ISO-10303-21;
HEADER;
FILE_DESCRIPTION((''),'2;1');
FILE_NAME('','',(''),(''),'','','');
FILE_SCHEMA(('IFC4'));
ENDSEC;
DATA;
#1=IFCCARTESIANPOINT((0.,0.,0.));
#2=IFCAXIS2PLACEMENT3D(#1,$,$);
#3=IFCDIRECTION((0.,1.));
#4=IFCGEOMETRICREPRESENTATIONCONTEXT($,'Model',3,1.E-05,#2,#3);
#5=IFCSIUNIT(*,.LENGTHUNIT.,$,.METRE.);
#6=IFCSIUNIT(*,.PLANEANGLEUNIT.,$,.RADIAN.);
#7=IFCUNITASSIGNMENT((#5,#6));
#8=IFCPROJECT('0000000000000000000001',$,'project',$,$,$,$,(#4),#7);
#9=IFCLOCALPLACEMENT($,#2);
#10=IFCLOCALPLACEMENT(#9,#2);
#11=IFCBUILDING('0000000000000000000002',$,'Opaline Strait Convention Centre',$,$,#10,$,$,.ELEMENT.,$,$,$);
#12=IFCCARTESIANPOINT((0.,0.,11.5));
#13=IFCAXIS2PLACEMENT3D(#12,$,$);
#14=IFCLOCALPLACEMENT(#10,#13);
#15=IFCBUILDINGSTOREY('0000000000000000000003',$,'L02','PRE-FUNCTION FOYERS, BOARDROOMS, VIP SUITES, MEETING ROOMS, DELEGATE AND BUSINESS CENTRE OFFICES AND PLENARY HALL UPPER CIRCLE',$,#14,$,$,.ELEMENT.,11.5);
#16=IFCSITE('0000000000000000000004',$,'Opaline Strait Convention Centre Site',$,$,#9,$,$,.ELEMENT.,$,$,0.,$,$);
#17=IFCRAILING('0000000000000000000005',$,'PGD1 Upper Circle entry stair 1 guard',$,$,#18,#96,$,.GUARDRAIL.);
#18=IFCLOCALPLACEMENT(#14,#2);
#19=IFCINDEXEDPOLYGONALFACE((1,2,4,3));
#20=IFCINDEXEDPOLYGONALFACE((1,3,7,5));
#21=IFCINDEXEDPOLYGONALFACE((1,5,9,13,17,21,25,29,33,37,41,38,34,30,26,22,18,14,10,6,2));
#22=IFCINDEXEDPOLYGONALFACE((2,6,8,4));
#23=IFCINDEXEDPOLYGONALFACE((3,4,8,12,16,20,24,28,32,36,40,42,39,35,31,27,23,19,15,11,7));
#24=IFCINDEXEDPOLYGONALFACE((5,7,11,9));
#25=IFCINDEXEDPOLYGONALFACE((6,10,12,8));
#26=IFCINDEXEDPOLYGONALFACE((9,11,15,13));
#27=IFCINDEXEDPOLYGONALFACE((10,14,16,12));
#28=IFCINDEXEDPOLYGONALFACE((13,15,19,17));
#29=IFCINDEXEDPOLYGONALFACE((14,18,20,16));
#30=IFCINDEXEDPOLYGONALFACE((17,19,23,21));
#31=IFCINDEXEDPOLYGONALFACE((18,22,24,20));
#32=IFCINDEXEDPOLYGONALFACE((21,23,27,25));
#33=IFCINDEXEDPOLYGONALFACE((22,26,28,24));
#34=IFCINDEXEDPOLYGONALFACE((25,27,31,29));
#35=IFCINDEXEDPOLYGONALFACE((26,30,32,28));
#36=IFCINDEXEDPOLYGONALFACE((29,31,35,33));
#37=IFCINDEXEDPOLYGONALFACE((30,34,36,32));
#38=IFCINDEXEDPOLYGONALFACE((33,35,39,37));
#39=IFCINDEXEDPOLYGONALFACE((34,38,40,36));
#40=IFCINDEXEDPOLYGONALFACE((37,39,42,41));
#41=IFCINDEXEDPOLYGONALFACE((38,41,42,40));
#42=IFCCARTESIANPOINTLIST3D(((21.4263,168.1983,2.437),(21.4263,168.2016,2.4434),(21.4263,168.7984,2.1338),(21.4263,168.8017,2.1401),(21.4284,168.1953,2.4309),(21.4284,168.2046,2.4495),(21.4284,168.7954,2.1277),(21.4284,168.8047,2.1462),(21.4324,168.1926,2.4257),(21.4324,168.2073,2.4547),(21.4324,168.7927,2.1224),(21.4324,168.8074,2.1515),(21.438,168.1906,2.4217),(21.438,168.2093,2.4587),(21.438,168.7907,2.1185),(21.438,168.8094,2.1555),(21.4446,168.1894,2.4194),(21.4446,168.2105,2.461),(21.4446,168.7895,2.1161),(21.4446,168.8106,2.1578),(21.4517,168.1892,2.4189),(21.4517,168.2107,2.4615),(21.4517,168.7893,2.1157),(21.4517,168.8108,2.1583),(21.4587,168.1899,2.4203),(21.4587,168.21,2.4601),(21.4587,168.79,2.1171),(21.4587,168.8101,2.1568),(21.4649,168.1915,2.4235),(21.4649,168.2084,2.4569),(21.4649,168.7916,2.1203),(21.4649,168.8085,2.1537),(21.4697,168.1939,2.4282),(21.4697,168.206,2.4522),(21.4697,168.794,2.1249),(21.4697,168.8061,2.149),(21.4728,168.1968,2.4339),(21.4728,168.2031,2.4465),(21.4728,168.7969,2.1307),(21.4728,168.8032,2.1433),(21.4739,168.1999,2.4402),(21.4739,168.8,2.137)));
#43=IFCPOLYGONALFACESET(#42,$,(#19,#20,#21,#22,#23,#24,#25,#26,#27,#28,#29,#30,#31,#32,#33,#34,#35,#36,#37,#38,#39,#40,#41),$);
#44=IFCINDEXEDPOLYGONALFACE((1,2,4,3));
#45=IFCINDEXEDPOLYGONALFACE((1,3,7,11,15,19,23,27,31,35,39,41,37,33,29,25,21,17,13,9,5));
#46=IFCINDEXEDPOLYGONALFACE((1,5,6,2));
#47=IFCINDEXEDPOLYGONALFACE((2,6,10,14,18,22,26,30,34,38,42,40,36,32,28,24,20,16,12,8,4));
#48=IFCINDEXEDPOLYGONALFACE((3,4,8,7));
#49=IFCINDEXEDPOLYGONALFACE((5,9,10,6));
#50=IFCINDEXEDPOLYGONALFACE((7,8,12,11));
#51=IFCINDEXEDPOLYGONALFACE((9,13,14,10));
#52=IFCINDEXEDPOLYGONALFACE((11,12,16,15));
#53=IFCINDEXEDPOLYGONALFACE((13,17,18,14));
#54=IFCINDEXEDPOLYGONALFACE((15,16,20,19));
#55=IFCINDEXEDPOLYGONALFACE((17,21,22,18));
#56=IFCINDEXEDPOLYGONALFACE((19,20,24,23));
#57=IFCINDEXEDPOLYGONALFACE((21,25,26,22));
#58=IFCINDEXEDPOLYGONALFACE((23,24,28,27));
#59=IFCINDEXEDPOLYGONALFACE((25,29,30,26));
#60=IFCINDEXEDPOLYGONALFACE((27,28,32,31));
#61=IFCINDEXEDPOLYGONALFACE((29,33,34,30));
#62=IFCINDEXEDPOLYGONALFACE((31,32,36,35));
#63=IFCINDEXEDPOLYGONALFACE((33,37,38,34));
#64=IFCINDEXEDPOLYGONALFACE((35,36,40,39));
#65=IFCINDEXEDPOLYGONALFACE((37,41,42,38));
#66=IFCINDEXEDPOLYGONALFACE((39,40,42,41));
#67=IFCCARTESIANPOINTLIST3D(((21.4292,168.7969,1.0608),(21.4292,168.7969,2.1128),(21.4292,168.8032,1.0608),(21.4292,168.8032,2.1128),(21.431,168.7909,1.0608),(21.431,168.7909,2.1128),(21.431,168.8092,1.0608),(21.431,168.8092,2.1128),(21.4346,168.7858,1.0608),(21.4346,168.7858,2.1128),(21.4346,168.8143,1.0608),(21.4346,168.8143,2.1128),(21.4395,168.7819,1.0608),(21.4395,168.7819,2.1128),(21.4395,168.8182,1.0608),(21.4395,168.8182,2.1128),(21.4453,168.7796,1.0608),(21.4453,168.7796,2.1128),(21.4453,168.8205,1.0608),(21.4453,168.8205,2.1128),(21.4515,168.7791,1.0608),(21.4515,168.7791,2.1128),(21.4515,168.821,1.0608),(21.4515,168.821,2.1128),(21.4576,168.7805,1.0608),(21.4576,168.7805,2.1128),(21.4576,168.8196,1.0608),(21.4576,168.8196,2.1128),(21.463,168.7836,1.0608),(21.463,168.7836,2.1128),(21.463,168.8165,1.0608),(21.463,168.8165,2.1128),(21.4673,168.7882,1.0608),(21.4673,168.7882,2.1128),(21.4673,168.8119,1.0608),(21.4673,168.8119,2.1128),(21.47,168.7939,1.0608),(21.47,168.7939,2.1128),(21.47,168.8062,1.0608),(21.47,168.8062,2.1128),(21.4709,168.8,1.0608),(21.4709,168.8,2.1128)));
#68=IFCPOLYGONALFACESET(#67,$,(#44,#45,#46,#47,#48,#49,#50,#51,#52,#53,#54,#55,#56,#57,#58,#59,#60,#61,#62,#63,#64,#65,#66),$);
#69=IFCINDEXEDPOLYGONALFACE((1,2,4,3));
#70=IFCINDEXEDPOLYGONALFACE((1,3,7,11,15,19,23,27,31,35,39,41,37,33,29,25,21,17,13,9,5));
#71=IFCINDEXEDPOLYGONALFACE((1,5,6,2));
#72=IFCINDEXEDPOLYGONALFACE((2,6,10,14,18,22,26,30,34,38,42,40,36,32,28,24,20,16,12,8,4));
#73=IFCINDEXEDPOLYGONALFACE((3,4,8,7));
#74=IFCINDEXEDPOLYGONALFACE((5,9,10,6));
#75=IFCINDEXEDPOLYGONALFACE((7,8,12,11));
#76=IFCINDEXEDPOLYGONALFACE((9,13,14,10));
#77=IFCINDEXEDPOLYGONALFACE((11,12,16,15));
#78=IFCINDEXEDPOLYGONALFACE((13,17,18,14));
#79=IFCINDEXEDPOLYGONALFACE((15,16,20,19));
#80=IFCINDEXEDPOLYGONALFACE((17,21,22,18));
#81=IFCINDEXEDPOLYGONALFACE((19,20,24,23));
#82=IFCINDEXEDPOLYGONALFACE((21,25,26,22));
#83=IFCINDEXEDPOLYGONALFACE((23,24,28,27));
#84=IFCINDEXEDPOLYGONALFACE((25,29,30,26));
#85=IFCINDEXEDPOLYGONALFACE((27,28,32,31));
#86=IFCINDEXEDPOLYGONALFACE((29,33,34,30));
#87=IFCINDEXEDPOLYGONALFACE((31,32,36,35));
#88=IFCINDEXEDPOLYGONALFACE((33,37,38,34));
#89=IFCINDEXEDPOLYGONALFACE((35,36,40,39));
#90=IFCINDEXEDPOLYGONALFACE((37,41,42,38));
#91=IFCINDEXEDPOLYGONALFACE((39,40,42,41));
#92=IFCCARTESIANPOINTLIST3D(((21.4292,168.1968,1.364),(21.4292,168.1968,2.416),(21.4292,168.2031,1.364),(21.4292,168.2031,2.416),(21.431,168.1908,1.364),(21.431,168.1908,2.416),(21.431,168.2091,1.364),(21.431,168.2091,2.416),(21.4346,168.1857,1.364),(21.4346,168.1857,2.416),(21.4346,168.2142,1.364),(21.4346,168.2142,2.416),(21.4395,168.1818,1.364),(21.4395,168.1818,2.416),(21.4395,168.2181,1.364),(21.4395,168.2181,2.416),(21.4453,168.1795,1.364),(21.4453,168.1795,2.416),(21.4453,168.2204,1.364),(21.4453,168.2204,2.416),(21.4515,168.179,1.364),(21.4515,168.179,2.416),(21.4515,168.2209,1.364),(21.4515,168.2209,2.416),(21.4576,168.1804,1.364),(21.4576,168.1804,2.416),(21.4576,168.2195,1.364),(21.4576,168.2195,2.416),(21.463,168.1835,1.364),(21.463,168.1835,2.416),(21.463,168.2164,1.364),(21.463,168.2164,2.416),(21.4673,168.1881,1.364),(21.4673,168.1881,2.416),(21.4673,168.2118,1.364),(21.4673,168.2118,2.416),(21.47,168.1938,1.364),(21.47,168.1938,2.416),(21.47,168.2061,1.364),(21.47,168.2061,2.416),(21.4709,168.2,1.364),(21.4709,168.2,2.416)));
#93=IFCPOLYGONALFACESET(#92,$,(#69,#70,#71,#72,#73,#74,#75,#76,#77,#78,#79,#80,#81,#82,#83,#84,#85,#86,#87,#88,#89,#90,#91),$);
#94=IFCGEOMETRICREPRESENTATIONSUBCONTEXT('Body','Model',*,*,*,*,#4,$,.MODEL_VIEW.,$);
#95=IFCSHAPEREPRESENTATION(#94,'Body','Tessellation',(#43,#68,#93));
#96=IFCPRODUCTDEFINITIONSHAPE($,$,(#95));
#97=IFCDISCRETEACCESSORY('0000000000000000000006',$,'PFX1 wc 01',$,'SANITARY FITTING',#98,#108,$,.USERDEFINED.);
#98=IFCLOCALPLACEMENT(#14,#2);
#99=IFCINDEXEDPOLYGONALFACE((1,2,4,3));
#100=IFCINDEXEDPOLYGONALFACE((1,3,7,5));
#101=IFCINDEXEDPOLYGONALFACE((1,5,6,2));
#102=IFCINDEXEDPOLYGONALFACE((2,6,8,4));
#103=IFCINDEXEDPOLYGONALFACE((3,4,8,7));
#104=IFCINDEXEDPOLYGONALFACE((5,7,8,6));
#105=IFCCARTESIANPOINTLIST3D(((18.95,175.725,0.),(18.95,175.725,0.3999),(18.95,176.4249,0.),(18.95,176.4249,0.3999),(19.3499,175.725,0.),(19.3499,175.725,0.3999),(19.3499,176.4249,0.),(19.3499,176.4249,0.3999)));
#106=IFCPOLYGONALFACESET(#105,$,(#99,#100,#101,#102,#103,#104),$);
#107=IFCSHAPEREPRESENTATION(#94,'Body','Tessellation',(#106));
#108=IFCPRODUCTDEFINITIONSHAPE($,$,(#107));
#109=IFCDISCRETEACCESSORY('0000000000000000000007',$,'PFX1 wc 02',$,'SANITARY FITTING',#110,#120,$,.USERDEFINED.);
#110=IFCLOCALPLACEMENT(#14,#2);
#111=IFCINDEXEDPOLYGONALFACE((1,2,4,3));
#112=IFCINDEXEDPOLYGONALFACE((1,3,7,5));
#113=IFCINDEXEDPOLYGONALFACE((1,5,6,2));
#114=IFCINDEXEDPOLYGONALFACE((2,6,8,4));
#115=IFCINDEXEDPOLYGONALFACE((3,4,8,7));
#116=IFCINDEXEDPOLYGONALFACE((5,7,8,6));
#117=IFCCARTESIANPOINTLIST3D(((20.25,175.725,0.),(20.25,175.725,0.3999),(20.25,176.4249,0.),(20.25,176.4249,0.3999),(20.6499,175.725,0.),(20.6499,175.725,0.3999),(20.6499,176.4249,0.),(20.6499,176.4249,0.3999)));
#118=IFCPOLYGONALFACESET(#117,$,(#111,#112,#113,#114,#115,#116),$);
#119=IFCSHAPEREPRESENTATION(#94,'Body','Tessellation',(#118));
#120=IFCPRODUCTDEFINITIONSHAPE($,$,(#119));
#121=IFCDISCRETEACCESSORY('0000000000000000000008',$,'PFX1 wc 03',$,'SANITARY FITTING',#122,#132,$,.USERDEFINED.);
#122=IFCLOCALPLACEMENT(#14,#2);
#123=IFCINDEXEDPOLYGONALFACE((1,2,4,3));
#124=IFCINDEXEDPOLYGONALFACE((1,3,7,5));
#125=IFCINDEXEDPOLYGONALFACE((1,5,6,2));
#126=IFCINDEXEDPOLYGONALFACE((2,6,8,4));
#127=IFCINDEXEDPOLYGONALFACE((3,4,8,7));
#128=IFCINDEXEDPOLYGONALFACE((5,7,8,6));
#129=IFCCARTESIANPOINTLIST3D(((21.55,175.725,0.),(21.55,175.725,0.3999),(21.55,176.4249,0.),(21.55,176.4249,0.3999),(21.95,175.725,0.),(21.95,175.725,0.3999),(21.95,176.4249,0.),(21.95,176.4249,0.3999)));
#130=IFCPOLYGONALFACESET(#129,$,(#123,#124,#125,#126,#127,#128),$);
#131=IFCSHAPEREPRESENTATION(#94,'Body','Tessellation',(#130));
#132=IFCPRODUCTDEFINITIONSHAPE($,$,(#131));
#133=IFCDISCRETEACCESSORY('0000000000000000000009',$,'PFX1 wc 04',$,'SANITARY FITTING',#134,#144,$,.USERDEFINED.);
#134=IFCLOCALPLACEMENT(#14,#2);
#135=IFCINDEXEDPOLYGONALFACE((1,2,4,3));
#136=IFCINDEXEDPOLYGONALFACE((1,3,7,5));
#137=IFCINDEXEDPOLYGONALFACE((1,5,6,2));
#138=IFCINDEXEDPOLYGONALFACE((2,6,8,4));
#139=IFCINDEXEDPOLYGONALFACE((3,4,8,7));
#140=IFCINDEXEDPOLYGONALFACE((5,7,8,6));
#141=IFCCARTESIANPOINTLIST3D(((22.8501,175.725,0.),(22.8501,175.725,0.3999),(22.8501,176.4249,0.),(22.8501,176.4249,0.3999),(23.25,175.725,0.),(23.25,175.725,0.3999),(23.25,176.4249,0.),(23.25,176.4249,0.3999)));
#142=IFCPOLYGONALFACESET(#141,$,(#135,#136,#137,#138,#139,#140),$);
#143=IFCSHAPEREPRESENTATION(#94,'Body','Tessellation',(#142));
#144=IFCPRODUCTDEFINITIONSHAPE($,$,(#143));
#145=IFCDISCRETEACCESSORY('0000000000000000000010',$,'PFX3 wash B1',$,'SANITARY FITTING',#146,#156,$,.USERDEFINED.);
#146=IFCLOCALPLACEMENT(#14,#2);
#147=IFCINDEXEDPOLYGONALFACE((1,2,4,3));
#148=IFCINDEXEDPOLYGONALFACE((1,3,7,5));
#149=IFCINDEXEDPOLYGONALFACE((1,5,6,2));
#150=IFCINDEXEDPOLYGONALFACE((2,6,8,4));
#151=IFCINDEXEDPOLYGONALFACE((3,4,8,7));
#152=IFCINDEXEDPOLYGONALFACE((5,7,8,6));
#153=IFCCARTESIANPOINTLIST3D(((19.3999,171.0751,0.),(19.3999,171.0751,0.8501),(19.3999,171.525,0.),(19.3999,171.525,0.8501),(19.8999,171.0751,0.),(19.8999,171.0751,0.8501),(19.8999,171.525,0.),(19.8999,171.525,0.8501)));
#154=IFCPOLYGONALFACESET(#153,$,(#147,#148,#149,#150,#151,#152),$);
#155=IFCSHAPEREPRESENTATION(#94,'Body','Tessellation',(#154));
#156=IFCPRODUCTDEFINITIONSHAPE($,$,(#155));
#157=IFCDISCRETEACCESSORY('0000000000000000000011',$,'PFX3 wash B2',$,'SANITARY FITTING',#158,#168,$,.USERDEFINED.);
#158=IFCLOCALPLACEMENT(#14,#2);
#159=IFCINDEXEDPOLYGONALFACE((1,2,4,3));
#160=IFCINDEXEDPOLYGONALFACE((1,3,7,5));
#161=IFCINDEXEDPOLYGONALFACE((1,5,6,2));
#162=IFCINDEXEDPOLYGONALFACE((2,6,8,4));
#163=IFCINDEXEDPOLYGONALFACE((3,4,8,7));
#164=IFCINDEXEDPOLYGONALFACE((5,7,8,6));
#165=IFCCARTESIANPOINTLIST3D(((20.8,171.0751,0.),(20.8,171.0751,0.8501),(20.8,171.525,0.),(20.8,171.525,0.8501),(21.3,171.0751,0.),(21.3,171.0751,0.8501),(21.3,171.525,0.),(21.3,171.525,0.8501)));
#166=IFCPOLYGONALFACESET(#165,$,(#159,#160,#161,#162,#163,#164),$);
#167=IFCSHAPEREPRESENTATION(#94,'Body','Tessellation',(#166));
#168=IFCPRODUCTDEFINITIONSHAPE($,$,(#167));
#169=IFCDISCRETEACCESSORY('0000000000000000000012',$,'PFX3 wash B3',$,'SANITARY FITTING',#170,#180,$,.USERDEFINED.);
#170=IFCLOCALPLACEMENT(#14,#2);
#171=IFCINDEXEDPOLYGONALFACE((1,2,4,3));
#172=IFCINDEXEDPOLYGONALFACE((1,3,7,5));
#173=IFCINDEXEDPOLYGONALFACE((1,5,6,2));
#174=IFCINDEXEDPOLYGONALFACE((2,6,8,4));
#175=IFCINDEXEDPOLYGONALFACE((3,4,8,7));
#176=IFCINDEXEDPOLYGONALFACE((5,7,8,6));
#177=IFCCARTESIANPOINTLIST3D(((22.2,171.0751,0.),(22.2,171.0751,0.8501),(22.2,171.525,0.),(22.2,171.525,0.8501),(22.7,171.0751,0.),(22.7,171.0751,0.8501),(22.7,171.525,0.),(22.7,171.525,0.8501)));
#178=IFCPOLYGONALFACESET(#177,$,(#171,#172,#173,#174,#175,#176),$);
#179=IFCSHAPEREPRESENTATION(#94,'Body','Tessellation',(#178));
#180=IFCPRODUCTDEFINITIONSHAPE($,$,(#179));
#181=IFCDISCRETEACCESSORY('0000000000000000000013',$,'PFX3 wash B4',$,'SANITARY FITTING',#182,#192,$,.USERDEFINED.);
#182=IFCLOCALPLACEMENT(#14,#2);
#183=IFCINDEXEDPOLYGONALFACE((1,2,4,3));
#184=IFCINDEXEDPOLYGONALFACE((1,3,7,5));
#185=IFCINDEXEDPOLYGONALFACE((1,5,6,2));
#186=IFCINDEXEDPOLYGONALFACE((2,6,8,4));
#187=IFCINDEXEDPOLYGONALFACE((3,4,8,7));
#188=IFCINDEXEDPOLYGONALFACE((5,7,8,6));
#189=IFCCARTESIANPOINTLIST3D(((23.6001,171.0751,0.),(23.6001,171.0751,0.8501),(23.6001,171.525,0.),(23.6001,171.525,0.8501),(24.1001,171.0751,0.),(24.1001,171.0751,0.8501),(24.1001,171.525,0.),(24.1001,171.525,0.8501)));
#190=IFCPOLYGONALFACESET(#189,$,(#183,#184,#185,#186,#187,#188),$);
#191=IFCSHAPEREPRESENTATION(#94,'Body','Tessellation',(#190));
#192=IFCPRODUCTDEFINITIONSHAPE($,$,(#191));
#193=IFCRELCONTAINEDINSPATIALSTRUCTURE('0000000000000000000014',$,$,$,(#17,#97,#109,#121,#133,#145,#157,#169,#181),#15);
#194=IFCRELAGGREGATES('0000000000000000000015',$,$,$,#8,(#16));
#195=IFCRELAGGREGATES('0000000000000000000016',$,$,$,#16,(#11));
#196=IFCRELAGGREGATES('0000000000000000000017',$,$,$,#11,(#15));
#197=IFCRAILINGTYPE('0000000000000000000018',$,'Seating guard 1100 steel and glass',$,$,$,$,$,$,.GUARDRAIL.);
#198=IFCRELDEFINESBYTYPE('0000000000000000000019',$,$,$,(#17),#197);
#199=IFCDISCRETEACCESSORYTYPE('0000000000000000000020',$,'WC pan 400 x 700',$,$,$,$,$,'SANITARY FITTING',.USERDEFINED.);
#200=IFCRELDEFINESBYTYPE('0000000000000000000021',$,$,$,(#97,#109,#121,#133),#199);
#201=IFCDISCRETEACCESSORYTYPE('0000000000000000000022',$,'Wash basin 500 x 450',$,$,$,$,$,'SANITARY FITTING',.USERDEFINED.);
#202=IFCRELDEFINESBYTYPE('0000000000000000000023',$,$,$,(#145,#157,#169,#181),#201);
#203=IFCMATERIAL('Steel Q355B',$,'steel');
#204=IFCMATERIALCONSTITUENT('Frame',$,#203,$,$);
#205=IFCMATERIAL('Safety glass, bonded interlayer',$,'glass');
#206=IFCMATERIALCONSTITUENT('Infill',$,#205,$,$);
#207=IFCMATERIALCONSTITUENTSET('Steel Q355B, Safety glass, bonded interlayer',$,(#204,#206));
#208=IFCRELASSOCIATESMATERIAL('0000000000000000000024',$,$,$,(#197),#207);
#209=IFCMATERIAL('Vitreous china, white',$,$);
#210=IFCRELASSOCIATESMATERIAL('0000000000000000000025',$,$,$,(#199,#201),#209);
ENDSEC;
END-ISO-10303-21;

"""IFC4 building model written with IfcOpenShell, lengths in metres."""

from ifc_helpers import new_model, si_unit, direction, frame, origin, origin_2d, place, context, subcontext, project, spatial, rectangle, circle, extrude, material, constituent, constituent_set, type_object, element, save


model = new_model("IFC4")

# Units and contexts
model_context = context("Model", 3, precision=1e-05, world=origin(), true_north=direction((0.0, 1.0)))
body_context = subcontext(model_context, "Body", "Model", "MODEL_VIEW")
ifc_project = project(units=[si_unit("LENGTHUNIT", "METRE"), si_unit("PLANEANGLEUNIT", "RADIAN")], contexts=[model_context])

# Site, building, storey
site_placement = place(None, origin())
site = spatial("IfcSite", under=ifc_project, at=site_placement, Name="Opaline Strait Convention Centre Site", CompositionType="ELEMENT", RefElevation=0.0)
building_placement = place(site_placement, origin())
building = spatial("IfcBuilding", under=site, at=building_placement, Name="Opaline Strait Convention Centre", CompositionType="ELEMENT")
storey_placement = place(building_placement, frame((0.0, 0.0, 11.5)))
storey = spatial("IfcBuildingStorey", under=building, at=storey_placement, Name="L02", Description="PRE-FUNCTION FOYERS, BOARDROOMS, VIP SUITES, MEETING ROOMS, DELEGATE AND BUSINESS CENTRE OFFICES AND PLENARY HALL UPPER CIRCLE", CompositionType="ELEMENT", Elevation=11.5)

# Railing
ifc_material_1 = material(Name="Steel Q355B", Category="steel")
ifc_constituent_1 = constituent(ifc_material_1, Name="Frame")
ifc_material_2 = material(Name="Safety glass, bonded interlayer", Category="glass")
ifc_constituent_2 = constituent(ifc_material_2, Name="Infill")
ifc_constituent_set = constituent_set(constituents=[ifc_constituent_1, ifc_constituent_2], Name="Steel Q355B, Safety glass, bonded interlayer")
railing_type_1 = type_object("IfcRailingType", Name="Seating guard 1100 steel and glass", PredefinedType="GUARDRAIL", material=ifc_constituent_set)
railing_placement = place(storey_placement, frame((21.45, 168.8, 1.0608)))
element("IfcRailing", 1, at=railing_placement, inside=storey, type_object=railing_type_1, Name="PGD1 Upper Circle entry stair 1 guard", PredefinedType="GUARDRAIL", context=body_context, shape_type="SweptSolid", body=[
    extrude(circle(Radius=0.0239, at=origin_2d()), frame((0.0, 0.0, 1.0762), z_axis=(0.0, -0.892531, 0.450986), x_axis=(1.0, 0.0, 0.0)), (0.0, 0.0, 1.0), 0.6724),
    extrude(circle(Radius=0.021, at=origin_2d()), origin(), (0.0, 0.0, 1.0), 1.052),
    extrude(circle(Radius=0.021, at=origin_2d()), frame((0.0, -0.6001, 0.3032)), (0.0, 0.0, 1.0), 1.052),
])

# Discrete accessories
ifc_material_3 = material(Name="Vitreous china, white")
discrete_accessory_type_1 = type_object("IfcDiscreteAccessoryType", Name="WC pan 400 x 700", ElementType="SANITARY FITTING", PredefinedType="USERDEFINED", material=ifc_material_3)
for number, where, z_axis, x_axis, name in (
    (2, (19.1499, 176.075, 0.0), (0.0, 0.0, 1.0), (1.0, 0.0, 0.0), "PFX1 wc 01"),
    (3, (20.45, 176.075, 0.0), (0.0, 0.0, 1.0), (1.0, 0.0, 0.0), "PFX1 wc 02"),
    (4, (21.75, 176.075, 0.0), (0.0, 0.0, 1.0), (1.0, 0.0, 0.0), "PFX1 wc 03"),
    (5, (23.05, 176.075, 0.0), (0.0, 0.0, 1.0), (1.0, 0.0, 0.0), "PFX1 wc 04"),
):
    element("IfcDiscreteAccessory", number, at=place(storey_placement, frame(where, z_axis=z_axis, x_axis=x_axis)), inside=storey, type_object=discrete_accessory_type_1, Name=name, ObjectType="SANITARY FITTING", PredefinedType="USERDEFINED", context=body_context, shape_type="SweptSolid", body=[
        extrude(rectangle(XDim=0.3999, YDim=0.7, at=origin_2d()), origin(), (0.0, 0.0, 1.0), 0.3999),
    ])
discrete_accessory_type_2 = type_object("IfcDiscreteAccessoryType", Name="Wash basin 500 x 450", ElementType="SANITARY FITTING", PredefinedType="USERDEFINED", material=ifc_material_3)
for number, where, z_axis, x_axis, name in (
    (6, (19.6499, 171.3, 0.0), (0.0, 0.0, 1.0), (1.0, 0.0, 0.0), "PFX3 wash B1"),
    (7, (21.05, 171.3, 0.0), (0.0, 0.0, 1.0), (1.0, 0.0, 0.0), "PFX3 wash B2"),
    (8, (22.45, 171.3, 0.0), (0.0, 0.0, 1.0), (1.0, 0.0, 0.0), "PFX3 wash B3"),
    (9, (23.8501, 171.3, 0.0), (0.0, 0.0, 1.0), (1.0, 0.0, 0.0), "PFX3 wash B4"),
):
    element("IfcDiscreteAccessory", number, at=place(storey_placement, frame(where, z_axis=z_axis, x_axis=x_axis)), inside=storey, type_object=discrete_accessory_type_2, Name=name, ObjectType="SANITARY FITTING", PredefinedType="USERDEFINED", context=body_context, shape_type="SweptSolid", body=[
        extrude(rectangle(XDim=0.5, YDim=0.45, at=origin_2d()), origin(), (0.0, 0.0, 1.0), 0.8501),
    ])

save(model, "model.ifc")
